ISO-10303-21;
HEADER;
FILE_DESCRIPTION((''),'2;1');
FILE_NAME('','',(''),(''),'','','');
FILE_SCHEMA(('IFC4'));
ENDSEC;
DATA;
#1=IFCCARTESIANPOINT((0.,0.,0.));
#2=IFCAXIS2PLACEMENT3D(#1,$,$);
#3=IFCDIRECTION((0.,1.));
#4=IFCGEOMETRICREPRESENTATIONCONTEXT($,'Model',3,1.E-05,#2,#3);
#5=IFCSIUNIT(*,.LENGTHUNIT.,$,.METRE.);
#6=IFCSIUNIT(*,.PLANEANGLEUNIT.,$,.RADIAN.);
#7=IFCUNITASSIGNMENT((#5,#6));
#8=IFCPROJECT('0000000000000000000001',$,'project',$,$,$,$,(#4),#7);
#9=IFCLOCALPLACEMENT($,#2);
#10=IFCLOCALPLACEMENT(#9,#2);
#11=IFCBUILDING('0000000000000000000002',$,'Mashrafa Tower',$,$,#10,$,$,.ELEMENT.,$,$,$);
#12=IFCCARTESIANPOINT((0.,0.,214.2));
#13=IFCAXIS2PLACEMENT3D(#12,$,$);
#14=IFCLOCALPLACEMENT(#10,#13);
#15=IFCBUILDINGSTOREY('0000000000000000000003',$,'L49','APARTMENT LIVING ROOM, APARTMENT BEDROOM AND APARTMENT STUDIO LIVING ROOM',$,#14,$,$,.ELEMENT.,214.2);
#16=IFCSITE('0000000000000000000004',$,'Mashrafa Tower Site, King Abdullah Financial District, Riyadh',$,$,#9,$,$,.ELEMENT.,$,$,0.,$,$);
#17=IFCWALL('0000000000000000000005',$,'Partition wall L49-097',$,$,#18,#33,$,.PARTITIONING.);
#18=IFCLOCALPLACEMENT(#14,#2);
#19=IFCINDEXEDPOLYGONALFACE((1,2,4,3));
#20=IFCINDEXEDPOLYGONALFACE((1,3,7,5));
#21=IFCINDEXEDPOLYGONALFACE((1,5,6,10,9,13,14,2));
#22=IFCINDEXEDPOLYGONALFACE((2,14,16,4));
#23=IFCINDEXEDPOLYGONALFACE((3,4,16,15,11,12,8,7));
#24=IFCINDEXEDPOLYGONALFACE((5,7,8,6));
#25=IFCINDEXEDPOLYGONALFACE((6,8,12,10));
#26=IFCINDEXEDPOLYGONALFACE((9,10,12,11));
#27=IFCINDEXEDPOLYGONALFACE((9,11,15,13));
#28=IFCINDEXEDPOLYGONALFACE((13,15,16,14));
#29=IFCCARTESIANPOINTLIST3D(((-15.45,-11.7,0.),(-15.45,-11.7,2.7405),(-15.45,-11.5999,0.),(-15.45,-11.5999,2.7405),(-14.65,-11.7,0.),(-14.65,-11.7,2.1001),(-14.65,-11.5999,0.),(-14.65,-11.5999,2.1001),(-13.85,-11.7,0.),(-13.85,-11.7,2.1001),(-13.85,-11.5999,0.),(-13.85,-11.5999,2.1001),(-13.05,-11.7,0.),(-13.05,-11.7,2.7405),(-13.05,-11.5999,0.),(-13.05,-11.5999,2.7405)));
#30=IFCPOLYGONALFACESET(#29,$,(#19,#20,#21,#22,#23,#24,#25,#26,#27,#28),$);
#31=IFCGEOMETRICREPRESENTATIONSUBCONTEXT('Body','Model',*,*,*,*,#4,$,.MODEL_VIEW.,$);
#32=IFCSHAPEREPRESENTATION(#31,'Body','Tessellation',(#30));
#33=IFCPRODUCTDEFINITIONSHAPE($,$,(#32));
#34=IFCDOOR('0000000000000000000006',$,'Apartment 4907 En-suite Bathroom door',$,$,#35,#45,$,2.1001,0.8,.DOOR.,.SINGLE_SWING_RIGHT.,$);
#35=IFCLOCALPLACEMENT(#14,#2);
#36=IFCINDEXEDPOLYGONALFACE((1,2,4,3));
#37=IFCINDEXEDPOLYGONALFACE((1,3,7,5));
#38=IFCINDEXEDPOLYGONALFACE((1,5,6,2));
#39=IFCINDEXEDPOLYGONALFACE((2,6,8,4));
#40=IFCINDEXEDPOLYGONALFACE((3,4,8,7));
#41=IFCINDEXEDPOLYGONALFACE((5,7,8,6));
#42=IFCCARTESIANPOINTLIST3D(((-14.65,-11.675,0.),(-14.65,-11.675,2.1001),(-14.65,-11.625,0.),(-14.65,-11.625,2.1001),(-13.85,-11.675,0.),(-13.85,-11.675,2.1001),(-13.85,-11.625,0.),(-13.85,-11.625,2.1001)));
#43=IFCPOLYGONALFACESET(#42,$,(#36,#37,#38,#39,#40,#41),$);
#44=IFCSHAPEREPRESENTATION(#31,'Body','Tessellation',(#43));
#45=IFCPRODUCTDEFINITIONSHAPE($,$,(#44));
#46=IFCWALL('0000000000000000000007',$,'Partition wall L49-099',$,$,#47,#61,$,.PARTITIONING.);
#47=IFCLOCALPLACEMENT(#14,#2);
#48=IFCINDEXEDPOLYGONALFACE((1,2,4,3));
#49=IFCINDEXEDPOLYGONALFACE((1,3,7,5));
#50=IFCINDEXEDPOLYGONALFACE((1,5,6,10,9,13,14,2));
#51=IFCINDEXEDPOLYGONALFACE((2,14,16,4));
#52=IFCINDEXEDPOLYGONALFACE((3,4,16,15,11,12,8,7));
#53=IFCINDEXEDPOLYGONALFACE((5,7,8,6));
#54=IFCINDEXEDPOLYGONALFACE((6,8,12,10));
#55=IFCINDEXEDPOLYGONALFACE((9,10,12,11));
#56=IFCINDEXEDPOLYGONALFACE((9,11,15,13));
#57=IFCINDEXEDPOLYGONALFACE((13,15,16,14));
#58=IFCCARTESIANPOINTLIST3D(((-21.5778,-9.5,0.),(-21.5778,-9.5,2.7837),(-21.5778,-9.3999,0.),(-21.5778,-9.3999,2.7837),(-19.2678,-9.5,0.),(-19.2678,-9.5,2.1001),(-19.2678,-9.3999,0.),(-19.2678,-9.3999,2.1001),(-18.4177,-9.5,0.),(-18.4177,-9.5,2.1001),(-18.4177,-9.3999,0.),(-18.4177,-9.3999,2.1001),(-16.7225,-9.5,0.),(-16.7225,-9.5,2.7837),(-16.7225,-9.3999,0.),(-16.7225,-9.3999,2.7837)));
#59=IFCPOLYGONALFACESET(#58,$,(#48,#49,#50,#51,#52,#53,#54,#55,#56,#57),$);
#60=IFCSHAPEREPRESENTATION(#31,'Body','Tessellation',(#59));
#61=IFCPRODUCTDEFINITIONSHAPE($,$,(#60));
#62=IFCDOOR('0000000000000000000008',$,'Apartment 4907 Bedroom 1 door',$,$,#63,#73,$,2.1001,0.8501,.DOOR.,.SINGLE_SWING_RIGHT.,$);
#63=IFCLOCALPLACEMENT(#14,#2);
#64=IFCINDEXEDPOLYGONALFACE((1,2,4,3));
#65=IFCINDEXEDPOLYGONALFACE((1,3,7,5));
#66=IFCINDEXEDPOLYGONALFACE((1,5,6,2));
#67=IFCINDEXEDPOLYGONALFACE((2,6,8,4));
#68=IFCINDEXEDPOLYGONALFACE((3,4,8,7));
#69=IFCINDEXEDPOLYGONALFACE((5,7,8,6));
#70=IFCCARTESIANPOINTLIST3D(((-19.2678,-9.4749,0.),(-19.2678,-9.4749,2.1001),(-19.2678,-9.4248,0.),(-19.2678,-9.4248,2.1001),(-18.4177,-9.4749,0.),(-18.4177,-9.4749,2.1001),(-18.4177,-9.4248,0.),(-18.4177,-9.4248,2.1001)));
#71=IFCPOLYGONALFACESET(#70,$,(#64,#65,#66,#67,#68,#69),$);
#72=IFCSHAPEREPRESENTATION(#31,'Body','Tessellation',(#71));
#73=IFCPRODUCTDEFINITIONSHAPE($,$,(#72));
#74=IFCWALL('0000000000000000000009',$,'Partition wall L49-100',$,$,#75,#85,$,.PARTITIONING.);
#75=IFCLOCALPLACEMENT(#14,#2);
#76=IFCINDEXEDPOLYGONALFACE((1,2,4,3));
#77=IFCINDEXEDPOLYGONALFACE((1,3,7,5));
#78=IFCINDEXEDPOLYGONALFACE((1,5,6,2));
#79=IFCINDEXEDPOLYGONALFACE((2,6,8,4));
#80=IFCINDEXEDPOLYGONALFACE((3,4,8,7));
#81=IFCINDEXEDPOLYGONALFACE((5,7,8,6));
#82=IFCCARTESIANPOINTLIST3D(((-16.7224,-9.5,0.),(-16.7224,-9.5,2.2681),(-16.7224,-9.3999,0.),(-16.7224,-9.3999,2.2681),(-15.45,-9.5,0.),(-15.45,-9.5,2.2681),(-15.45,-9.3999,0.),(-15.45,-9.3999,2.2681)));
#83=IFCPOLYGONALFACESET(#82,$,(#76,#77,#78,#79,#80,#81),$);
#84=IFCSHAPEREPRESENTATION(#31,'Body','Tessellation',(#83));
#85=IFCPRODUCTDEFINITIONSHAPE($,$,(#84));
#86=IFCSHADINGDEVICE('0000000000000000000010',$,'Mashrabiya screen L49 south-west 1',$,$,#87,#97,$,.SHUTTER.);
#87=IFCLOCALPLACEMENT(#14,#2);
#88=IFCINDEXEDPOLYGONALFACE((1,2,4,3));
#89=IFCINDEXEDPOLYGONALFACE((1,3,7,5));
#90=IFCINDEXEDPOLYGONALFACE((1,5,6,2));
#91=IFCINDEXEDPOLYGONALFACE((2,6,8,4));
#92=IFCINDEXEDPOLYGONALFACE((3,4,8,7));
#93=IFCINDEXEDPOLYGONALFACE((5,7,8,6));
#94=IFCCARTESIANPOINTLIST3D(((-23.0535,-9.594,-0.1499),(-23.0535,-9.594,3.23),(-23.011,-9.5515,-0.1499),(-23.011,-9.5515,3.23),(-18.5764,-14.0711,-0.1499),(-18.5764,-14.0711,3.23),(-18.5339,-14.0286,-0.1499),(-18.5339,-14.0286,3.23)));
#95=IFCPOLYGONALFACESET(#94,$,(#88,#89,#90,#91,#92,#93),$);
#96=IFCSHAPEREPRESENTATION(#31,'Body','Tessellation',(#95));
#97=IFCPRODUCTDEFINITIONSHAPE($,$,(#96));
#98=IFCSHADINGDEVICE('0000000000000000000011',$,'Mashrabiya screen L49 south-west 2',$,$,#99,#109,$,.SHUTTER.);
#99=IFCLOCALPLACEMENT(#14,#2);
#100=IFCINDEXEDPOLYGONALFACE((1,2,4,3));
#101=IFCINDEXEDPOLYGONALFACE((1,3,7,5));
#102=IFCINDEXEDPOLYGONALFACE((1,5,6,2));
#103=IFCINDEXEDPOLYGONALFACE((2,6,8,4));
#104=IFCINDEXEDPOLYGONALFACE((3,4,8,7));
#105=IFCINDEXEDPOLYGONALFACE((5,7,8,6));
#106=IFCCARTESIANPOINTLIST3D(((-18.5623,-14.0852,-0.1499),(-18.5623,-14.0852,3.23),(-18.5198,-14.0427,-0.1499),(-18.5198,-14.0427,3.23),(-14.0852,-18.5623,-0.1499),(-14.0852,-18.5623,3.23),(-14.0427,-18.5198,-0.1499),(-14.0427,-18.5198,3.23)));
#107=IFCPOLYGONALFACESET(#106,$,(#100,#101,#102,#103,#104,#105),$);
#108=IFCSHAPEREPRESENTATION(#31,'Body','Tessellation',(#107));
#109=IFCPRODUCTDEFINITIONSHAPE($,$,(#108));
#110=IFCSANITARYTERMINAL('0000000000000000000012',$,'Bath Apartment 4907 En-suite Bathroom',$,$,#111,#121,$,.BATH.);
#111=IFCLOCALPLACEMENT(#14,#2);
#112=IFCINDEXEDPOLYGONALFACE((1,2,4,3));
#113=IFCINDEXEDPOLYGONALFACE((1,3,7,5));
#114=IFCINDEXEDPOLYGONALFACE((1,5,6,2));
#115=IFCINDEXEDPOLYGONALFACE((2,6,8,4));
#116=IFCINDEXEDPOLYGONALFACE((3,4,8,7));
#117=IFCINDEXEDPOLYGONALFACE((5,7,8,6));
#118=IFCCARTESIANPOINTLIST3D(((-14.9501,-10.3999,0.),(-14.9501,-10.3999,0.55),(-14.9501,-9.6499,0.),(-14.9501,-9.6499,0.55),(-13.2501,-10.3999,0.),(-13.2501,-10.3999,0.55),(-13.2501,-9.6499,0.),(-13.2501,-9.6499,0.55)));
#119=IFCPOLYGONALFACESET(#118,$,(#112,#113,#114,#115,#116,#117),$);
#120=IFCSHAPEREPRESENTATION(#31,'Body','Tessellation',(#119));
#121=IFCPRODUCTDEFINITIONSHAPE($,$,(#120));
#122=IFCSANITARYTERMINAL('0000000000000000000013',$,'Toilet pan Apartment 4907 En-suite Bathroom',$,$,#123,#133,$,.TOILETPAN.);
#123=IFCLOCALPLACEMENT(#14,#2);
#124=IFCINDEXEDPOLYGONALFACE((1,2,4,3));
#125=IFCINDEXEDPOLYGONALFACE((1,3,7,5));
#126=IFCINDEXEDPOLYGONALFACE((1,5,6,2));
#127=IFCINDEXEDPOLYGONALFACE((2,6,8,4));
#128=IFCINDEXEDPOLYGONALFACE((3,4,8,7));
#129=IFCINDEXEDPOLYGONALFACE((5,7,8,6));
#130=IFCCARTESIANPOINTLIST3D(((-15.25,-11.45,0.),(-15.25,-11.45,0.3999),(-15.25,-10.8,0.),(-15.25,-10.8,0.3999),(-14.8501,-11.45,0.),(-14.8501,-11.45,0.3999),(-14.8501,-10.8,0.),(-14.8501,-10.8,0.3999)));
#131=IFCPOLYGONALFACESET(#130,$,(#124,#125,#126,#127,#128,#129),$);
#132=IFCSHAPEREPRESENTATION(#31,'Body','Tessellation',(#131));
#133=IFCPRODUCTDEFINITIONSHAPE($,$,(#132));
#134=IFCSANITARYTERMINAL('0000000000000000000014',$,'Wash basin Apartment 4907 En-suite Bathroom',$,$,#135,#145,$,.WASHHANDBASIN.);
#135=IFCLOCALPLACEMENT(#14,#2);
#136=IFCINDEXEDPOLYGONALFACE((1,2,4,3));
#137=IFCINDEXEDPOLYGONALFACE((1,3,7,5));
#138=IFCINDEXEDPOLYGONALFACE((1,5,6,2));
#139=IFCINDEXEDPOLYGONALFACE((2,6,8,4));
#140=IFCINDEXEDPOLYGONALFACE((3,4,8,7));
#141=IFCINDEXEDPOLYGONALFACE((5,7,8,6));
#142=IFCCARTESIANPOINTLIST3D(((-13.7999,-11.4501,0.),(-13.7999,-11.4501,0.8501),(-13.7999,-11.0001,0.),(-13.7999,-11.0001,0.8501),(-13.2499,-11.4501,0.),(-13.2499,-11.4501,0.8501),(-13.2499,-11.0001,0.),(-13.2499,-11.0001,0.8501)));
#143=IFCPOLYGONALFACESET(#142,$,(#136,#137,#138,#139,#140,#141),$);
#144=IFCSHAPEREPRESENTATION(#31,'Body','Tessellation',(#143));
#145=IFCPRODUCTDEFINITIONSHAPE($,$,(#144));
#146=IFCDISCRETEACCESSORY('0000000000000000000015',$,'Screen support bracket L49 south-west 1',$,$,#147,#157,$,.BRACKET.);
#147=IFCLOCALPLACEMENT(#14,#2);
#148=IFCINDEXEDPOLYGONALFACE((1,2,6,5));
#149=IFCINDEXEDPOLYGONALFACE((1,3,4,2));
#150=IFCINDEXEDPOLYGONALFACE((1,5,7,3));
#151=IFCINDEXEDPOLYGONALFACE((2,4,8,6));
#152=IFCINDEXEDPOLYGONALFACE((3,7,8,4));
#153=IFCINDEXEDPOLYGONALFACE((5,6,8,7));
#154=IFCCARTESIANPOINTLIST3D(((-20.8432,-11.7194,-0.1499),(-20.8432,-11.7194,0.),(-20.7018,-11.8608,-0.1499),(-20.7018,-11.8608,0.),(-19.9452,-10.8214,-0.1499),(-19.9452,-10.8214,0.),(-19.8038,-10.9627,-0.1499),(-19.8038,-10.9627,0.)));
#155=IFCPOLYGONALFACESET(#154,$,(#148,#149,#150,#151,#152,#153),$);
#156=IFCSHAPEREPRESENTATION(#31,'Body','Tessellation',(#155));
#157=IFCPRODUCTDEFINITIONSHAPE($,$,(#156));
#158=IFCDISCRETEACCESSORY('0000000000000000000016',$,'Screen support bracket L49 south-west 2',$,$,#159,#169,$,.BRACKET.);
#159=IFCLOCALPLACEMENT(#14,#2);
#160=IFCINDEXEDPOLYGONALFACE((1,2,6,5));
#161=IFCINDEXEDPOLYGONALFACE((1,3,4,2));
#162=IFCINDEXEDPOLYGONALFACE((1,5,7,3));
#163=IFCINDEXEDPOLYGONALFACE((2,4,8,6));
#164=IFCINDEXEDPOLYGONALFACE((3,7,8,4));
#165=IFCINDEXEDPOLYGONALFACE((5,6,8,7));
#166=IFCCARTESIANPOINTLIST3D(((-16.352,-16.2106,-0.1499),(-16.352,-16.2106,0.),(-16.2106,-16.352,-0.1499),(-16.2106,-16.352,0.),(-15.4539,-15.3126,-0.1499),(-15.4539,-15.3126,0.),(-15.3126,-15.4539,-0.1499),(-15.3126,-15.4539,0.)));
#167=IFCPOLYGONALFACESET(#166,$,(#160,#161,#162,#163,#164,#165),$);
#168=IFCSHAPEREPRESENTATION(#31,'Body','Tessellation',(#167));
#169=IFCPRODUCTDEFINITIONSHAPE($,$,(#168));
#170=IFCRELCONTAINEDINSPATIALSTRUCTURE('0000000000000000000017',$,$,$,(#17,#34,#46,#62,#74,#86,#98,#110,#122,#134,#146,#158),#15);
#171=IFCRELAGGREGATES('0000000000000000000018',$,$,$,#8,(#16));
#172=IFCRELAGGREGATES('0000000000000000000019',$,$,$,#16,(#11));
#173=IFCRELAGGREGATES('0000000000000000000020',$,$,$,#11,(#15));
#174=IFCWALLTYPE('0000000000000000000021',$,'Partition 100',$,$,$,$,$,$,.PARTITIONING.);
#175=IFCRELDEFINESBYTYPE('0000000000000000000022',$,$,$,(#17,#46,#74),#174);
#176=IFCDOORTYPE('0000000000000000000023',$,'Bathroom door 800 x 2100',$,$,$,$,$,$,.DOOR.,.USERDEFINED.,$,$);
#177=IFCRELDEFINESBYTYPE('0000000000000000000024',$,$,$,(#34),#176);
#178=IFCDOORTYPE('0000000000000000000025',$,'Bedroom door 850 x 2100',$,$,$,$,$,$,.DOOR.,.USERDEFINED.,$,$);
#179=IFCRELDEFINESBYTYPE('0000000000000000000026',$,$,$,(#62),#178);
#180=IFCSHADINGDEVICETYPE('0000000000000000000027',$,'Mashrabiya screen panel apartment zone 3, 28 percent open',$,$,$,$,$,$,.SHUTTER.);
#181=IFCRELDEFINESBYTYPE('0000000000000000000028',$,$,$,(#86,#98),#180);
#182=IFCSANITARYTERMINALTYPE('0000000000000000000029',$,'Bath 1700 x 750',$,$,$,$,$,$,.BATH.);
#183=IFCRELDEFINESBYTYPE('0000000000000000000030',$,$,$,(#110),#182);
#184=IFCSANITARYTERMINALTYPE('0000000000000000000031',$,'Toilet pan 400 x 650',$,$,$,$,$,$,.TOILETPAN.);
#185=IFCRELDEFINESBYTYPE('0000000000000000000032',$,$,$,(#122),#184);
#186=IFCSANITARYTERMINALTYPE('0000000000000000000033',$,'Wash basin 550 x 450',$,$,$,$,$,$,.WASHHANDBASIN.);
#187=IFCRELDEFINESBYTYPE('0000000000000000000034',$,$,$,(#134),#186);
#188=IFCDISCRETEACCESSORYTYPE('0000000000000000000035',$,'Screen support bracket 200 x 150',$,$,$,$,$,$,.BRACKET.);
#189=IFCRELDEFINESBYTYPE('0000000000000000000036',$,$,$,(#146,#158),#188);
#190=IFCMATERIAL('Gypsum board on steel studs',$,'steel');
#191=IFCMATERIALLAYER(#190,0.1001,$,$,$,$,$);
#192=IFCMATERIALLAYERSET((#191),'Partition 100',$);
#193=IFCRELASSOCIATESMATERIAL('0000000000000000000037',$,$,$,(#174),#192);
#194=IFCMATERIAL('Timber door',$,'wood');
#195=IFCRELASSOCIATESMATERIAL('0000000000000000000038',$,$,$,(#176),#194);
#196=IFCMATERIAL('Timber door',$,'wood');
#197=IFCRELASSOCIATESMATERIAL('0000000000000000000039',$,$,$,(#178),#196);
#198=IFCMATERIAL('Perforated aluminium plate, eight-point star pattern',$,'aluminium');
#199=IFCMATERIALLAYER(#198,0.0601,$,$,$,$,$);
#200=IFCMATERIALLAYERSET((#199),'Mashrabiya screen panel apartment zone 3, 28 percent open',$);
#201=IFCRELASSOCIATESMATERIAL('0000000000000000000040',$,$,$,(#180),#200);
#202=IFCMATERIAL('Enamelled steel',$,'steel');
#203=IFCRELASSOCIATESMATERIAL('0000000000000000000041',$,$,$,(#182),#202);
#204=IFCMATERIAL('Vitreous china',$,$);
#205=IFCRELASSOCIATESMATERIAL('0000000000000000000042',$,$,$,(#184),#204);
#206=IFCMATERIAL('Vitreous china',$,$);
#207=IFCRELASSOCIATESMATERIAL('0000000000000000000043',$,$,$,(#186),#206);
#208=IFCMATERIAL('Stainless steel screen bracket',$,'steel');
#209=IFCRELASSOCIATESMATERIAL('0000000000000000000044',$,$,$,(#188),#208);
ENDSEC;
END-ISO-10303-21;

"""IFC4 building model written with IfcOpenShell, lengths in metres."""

from ifc_helpers import new_model, si_unit, direction, frame, frame_2d, origin, origin_2d, place, context, subcontext, project, spatial, rectangle, extrude, source, transform, mapped, material, layer, layer_set, type_object, type_shapes, element, fill, save


model = new_model("IFC4")

# Units and contexts
model_context = context("Model", 3, precision=1e-05, world=origin(), true_north=direction((0.0, 1.0)))
body_context = subcontext(model_context, "Body", "Model", "MODEL_VIEW")
ifc_project = project(units=[si_unit("LENGTHUNIT", "METRE"), si_unit("PLANEANGLEUNIT", "RADIAN")], contexts=[model_context])

# Site, building, storey
site_placement = place(None, origin())
site = spatial("IfcSite", under=ifc_project, at=site_placement, Name="Mashrafa Tower Site, King Abdullah Financial District, Riyadh", CompositionType="ELEMENT", RefElevation=0.0)
building_placement = place(site_placement, origin())
building = spatial("IfcBuilding", under=site, at=building_placement, Name="Mashrafa Tower", CompositionType="ELEMENT")
storey_placement = place(building_placement, frame((0.0, 0.0, 214.2)))
storey = spatial("IfcBuildingStorey", under=building, at=storey_placement, Name="L49", Description="APARTMENT LIVING ROOM, APARTMENT BEDROOM AND APARTMENT STUDIO LIVING ROOM", CompositionType="ELEMENT", Elevation=214.2)

# Shared definitions
ifc_material_1 = material(Name="Gypsum board on steel studs", Category="steel")
ifc_layer_1 = layer(ifc_material_1, 0.1001)
ifc_layer_set_1 = layer_set([ifc_layer_1], Name="Partition 100")
wall_type_1 = type_object("IfcWallType", Name="Partition 100", PredefinedType="PARTITIONING", material=ifc_layer_set_1)

# Walls, openings, doors
wall_1_placement = place(storey_placement, frame((-15.45, -11.6499, 0.0), z_axis=(0.0, 0.0, 1.0), x_axis=(1.0, 0.0, 0.0)))
wall_1 = element("IfcWall", 1, at=wall_1_placement, inside=storey, type_object=wall_type_1, Name="Partition wall L49-097", PredefinedType="PARTITIONING", context=body_context, shape_type="SweptSolid", body=[
    extrude(rectangle(XDim=2.3999, YDim=0.1001, at=frame_2d((1.2, 0.0))), origin(), (0.0, 0.0, 1.0), 2.7405),
])
opening_1_placement = place(wall_1_placement, frame((0.8, 0.0, 0.0)))
opening_1 = element("IfcOpeningElement", 2, at=opening_1_placement, cuts=wall_1, PredefinedType="OPENING", context=body_context, shape_type="SweptSolid", body=[
    extrude(rectangle(XDim=0.8, YDim=2.1001, at=frame_2d((0.3999, 1.05))), frame((0.0, 0.0601, 0.0), z_axis=(0.0, -1.0, 0.0), x_axis=(1.0, 0.0, 0.0)), (0.0, 0.0, 1.0), 0.1201),
])
ifc_material_2 = material(Name="Timber door", Category="wood")
door_type_1 = type_object("IfcDoorType", Name="Bathroom door 800 x 2100", OperationType="USERDEFINED", PredefinedType="DOOR", material=ifc_material_2)
door_1_placement = place(opening_1_placement, origin())
door_1 = element("IfcDoor", 3, at=door_1_placement, inside=storey, type_object=door_type_1, Name="Apartment 4907 En-suite Bathroom door", OperationType="SINGLE_SWING_RIGHT", OverallHeight=2.1001, OverallWidth=0.8, PredefinedType="DOOR", context=body_context, shape_type="SweptSolid", body=[
    extrude(rectangle(XDim=0.8, YDim=2.1001, at=frame_2d((0.3999, 1.05))), frame((0.0, 0.0249, 0.0), z_axis=(0.0, -1.0, 0.0), x_axis=(1.0, 0.0, 0.0)), (0.0, 0.0, 1.0), 0.05),
])
fill(opening_1, door_1)
wall_2_placement = place(storey_placement, frame((-16.7224, -9.45, 0.0), z_axis=(0.0, 0.0, 1.0), x_axis=(-1.0, 0.0, 0.0)))
wall_2 = element("IfcWall", 4, at=wall_2_placement, inside=storey, type_object=wall_type_1, Name="Partition wall L49-099", PredefinedType="PARTITIONING", context=body_context, shape_type="SweptSolid", body=[
    extrude(rectangle(XDim=4.8552, YDim=0.1001, at=frame_2d((2.4277, 0.0))), origin(), (0.0, 0.0, 1.0), 2.7837),
])
opening_2_placement = place(wall_2_placement, frame((1.6953, 0.0, 0.0)))
opening_2 = element("IfcOpeningElement", 5, at=opening_2_placement, cuts=wall_2, PredefinedType="OPENING", context=body_context, shape_type="SweptSolid", body=[
    extrude(rectangle(XDim=0.8501, YDim=2.1001, at=frame_2d((0.425, 1.05))), frame((0.0, 0.0601, 0.0), z_axis=(0.0, -1.0, 0.0), x_axis=(1.0, 0.0, 0.0)), (0.0, 0.0, 1.0), 0.1201),
])
ifc_material_3 = material(Name="Timber door", Category="wood")
door_type_2 = type_object("IfcDoorType", Name="Bedroom door 850 x 2100", OperationType="USERDEFINED", PredefinedType="DOOR", material=ifc_material_3)
door_2_placement = place(opening_2_placement, origin())
door_2 = element("IfcDoor", 6, at=door_2_placement, inside=storey, type_object=door_type_2, Name="Apartment 4907 Bedroom 1 door", OperationType="SINGLE_SWING_RIGHT", OverallHeight=2.1001, OverallWidth=0.8501, PredefinedType="DOOR", context=body_context, shape_type="SweptSolid", body=[
    extrude(rectangle(XDim=0.8501, YDim=2.1001, at=frame_2d((0.425, 1.05))), frame((0.0, 0.0249, 0.0), z_axis=(0.0, -1.0, 0.0), x_axis=(1.0, 0.0, 0.0)), (0.0, 0.0, 1.0), 0.05),
])
fill(opening_2, door_2)

# Wall
wall_3_placement = place(storey_placement, frame((-15.45, -9.45, 0.0), z_axis=(0.0, 0.0, 1.0), x_axis=(-1.0, 0.0, 0.0)))
element("IfcWall", 7, at=wall_3_placement, inside=storey, type_object=wall_type_1, Name="Partition wall L49-100", PredefinedType="PARTITIONING", context=body_context, shape_type="SweptSolid", body=[
    extrude(rectangle(XDim=1.2725, YDim=0.1001, at=frame_2d((0.6362, 0.0))), origin(), (0.0, 0.0, 1.0), 2.2681),
])

# Shading devices
ifc_material_4 = material(Name="Perforated aluminium plate, eight-point star pattern", Category="aluminium")
ifc_layer_2 = layer(ifc_material_4, 0.0601)
ifc_layer_set_2 = layer_set([ifc_layer_2], Name="Mashrabiya screen panel apartment zone 3, 28 percent open")
shading_device_type = type_object("IfcShadingDeviceType", Name="Mashrabiya screen panel apartment zone 3, 28 percent open", PredefinedType="SHUTTER", material=ifc_layer_set_2)
shared_shape_1 = source(origin(), body_context, "Body", "SweptSolid", [
    extrude(rectangle(XDim=6.3315, YDim=0.0601, at=origin_2d()), origin(), (0.0, 0.0, 1.0), 3.3799),
])
type_shapes(shading_device_type, [shared_shape_1])
for number, where, z_axis, x_axis, name in (
    (8, (-20.7937, -11.8113, -0.1499), (0.0, 0.0, 1.0), (0.707107, -0.707107, 0.0), "Mashrabiya screen L49 south-west 1"),
    (9, (-16.3025, -16.3025, -0.1499), (0.0, 0.0, 1.0), (0.707107, -0.707107, 0.0), "Mashrabiya screen L49 south-west 2"),
):
    element("IfcShadingDevice", number, at=place(storey_placement, frame(where, z_axis=z_axis, x_axis=x_axis)), inside=storey, type_object=shading_device_type, Name=name, PredefinedType="SHUTTER", context=body_context, shape_type="MappedRepresentation", body=[
        mapped(shared_shape_1, transform((0.0, 0.0, 0.0))),
    ])

# Sanitary terminals
ifc_material_5 = material(Name="Enamelled steel", Category="steel")
sanitary_terminal_type_1 = type_object("IfcSanitaryTerminalType", Name="Bath 1700 x 750", PredefinedType="BATH", material=ifc_material_5)
sanitary_terminal_1_placement = place(storey_placement, frame((-14.1001, -10.0249, 0.0), z_axis=(0.0, 0.0, 1.0), x_axis=(-1.0, 0.0, 0.0)))
element("IfcSanitaryTerminal", 10, at=sanitary_terminal_1_placement, inside=storey, type_object=sanitary_terminal_type_1, Name="Bath Apartment 4907 En-suite Bathroom", PredefinedType="BATH", context=body_context, shape_type="SweptSolid", body=[
    extrude(rectangle(XDim=1.7, YDim=0.75, at=origin_2d()), origin(), (0.0, 0.0, 1.0), 0.55),
])
ifc_material_6 = material(Name="Vitreous china")
sanitary_terminal_type_2 = type_object("IfcSanitaryTerminalType", Name="Toilet pan 400 x 650", PredefinedType="TOILETPAN", material=ifc_material_6)
sanitary_terminal_2_placement = place(storey_placement, frame((-15.05, -11.125, 0.0), z_axis=(0.0, 0.0, 1.0), x_axis=(1.0, 0.0, 0.0)))
element("IfcSanitaryTerminal", 11, at=sanitary_terminal_2_placement, inside=storey, type_object=sanitary_terminal_type_2, Name="Toilet pan Apartment 4907 En-suite Bathroom", PredefinedType="TOILETPAN", context=body_context, shape_type="SweptSolid", body=[
    extrude(rectangle(XDim=0.3999, YDim=0.6499, at=origin_2d()), origin(), (0.0, 0.0, 1.0), 0.3999),
])
ifc_material_7 = material(Name="Vitreous china")
sanitary_terminal_type_3 = type_object("IfcSanitaryTerminalType", Name="Wash basin 550 x 450", PredefinedType="WASHHANDBASIN", material=ifc_material_7)
sanitary_terminal_3_placement = place(storey_placement, frame((-13.5249, -11.2251, 0.0), z_axis=(0.0, 0.0, 1.0), x_axis=(1.0, 0.0, 0.0)))
element("IfcSanitaryTerminal", 12, at=sanitary_terminal_3_placement, inside=storey, type_object=sanitary_terminal_type_3, Name="Wash basin Apartment 4907 En-suite Bathroom", PredefinedType="WASHHANDBASIN", context=body_context, shape_type="SweptSolid", body=[
    extrude(rectangle(XDim=0.55, YDim=0.45, at=origin_2d()), origin(), (0.0, 0.0, 1.0), 0.8501),
])

# Discrete accessories
ifc_material_8 = material(Name="Stainless steel screen bracket", Category="steel")
discrete_accessory_type = type_object("IfcDiscreteAccessoryType", Name="Screen support bracket 200 x 150", PredefinedType="BRACKET", material=ifc_material_8)
shared_shape_2 = source(origin(), body_context, "Body", "SweptSolid", [
    extrude(rectangle(XDim=0.2, YDim=1.27, at=origin_2d()), origin(), (0.0, 0.0, 1.0), 0.1499),
])
type_shapes(discrete_accessory_type, [shared_shape_2])
for number, where, z_axis, x_axis, name in (
    (13, (-20.3235, -11.3411, -0.1499), (0.0, 0.0, 1.0), (0.707107, -0.707107, 0.0), "Screen support bracket L49 south-west 1"),
    (14, (-15.8323, -15.8323, -0.1499), (0.0, 0.0, 1.0), (0.707107, -0.707107, 0.0), "Screen support bracket L49 south-west 2"),
):
    element("IfcDiscreteAccessory", number, at=place(storey_placement, frame(where, z_axis=z_axis, x_axis=x_axis)), inside=storey, type_object=discrete_accessory_type, Name=name, PredefinedType="BRACKET", context=body_context, shape_type="MappedRepresentation", body=[
        mapped(shared_shape_2, transform((0.0, 0.0, 0.0))),
    ])

save(model, "model.ifc")
